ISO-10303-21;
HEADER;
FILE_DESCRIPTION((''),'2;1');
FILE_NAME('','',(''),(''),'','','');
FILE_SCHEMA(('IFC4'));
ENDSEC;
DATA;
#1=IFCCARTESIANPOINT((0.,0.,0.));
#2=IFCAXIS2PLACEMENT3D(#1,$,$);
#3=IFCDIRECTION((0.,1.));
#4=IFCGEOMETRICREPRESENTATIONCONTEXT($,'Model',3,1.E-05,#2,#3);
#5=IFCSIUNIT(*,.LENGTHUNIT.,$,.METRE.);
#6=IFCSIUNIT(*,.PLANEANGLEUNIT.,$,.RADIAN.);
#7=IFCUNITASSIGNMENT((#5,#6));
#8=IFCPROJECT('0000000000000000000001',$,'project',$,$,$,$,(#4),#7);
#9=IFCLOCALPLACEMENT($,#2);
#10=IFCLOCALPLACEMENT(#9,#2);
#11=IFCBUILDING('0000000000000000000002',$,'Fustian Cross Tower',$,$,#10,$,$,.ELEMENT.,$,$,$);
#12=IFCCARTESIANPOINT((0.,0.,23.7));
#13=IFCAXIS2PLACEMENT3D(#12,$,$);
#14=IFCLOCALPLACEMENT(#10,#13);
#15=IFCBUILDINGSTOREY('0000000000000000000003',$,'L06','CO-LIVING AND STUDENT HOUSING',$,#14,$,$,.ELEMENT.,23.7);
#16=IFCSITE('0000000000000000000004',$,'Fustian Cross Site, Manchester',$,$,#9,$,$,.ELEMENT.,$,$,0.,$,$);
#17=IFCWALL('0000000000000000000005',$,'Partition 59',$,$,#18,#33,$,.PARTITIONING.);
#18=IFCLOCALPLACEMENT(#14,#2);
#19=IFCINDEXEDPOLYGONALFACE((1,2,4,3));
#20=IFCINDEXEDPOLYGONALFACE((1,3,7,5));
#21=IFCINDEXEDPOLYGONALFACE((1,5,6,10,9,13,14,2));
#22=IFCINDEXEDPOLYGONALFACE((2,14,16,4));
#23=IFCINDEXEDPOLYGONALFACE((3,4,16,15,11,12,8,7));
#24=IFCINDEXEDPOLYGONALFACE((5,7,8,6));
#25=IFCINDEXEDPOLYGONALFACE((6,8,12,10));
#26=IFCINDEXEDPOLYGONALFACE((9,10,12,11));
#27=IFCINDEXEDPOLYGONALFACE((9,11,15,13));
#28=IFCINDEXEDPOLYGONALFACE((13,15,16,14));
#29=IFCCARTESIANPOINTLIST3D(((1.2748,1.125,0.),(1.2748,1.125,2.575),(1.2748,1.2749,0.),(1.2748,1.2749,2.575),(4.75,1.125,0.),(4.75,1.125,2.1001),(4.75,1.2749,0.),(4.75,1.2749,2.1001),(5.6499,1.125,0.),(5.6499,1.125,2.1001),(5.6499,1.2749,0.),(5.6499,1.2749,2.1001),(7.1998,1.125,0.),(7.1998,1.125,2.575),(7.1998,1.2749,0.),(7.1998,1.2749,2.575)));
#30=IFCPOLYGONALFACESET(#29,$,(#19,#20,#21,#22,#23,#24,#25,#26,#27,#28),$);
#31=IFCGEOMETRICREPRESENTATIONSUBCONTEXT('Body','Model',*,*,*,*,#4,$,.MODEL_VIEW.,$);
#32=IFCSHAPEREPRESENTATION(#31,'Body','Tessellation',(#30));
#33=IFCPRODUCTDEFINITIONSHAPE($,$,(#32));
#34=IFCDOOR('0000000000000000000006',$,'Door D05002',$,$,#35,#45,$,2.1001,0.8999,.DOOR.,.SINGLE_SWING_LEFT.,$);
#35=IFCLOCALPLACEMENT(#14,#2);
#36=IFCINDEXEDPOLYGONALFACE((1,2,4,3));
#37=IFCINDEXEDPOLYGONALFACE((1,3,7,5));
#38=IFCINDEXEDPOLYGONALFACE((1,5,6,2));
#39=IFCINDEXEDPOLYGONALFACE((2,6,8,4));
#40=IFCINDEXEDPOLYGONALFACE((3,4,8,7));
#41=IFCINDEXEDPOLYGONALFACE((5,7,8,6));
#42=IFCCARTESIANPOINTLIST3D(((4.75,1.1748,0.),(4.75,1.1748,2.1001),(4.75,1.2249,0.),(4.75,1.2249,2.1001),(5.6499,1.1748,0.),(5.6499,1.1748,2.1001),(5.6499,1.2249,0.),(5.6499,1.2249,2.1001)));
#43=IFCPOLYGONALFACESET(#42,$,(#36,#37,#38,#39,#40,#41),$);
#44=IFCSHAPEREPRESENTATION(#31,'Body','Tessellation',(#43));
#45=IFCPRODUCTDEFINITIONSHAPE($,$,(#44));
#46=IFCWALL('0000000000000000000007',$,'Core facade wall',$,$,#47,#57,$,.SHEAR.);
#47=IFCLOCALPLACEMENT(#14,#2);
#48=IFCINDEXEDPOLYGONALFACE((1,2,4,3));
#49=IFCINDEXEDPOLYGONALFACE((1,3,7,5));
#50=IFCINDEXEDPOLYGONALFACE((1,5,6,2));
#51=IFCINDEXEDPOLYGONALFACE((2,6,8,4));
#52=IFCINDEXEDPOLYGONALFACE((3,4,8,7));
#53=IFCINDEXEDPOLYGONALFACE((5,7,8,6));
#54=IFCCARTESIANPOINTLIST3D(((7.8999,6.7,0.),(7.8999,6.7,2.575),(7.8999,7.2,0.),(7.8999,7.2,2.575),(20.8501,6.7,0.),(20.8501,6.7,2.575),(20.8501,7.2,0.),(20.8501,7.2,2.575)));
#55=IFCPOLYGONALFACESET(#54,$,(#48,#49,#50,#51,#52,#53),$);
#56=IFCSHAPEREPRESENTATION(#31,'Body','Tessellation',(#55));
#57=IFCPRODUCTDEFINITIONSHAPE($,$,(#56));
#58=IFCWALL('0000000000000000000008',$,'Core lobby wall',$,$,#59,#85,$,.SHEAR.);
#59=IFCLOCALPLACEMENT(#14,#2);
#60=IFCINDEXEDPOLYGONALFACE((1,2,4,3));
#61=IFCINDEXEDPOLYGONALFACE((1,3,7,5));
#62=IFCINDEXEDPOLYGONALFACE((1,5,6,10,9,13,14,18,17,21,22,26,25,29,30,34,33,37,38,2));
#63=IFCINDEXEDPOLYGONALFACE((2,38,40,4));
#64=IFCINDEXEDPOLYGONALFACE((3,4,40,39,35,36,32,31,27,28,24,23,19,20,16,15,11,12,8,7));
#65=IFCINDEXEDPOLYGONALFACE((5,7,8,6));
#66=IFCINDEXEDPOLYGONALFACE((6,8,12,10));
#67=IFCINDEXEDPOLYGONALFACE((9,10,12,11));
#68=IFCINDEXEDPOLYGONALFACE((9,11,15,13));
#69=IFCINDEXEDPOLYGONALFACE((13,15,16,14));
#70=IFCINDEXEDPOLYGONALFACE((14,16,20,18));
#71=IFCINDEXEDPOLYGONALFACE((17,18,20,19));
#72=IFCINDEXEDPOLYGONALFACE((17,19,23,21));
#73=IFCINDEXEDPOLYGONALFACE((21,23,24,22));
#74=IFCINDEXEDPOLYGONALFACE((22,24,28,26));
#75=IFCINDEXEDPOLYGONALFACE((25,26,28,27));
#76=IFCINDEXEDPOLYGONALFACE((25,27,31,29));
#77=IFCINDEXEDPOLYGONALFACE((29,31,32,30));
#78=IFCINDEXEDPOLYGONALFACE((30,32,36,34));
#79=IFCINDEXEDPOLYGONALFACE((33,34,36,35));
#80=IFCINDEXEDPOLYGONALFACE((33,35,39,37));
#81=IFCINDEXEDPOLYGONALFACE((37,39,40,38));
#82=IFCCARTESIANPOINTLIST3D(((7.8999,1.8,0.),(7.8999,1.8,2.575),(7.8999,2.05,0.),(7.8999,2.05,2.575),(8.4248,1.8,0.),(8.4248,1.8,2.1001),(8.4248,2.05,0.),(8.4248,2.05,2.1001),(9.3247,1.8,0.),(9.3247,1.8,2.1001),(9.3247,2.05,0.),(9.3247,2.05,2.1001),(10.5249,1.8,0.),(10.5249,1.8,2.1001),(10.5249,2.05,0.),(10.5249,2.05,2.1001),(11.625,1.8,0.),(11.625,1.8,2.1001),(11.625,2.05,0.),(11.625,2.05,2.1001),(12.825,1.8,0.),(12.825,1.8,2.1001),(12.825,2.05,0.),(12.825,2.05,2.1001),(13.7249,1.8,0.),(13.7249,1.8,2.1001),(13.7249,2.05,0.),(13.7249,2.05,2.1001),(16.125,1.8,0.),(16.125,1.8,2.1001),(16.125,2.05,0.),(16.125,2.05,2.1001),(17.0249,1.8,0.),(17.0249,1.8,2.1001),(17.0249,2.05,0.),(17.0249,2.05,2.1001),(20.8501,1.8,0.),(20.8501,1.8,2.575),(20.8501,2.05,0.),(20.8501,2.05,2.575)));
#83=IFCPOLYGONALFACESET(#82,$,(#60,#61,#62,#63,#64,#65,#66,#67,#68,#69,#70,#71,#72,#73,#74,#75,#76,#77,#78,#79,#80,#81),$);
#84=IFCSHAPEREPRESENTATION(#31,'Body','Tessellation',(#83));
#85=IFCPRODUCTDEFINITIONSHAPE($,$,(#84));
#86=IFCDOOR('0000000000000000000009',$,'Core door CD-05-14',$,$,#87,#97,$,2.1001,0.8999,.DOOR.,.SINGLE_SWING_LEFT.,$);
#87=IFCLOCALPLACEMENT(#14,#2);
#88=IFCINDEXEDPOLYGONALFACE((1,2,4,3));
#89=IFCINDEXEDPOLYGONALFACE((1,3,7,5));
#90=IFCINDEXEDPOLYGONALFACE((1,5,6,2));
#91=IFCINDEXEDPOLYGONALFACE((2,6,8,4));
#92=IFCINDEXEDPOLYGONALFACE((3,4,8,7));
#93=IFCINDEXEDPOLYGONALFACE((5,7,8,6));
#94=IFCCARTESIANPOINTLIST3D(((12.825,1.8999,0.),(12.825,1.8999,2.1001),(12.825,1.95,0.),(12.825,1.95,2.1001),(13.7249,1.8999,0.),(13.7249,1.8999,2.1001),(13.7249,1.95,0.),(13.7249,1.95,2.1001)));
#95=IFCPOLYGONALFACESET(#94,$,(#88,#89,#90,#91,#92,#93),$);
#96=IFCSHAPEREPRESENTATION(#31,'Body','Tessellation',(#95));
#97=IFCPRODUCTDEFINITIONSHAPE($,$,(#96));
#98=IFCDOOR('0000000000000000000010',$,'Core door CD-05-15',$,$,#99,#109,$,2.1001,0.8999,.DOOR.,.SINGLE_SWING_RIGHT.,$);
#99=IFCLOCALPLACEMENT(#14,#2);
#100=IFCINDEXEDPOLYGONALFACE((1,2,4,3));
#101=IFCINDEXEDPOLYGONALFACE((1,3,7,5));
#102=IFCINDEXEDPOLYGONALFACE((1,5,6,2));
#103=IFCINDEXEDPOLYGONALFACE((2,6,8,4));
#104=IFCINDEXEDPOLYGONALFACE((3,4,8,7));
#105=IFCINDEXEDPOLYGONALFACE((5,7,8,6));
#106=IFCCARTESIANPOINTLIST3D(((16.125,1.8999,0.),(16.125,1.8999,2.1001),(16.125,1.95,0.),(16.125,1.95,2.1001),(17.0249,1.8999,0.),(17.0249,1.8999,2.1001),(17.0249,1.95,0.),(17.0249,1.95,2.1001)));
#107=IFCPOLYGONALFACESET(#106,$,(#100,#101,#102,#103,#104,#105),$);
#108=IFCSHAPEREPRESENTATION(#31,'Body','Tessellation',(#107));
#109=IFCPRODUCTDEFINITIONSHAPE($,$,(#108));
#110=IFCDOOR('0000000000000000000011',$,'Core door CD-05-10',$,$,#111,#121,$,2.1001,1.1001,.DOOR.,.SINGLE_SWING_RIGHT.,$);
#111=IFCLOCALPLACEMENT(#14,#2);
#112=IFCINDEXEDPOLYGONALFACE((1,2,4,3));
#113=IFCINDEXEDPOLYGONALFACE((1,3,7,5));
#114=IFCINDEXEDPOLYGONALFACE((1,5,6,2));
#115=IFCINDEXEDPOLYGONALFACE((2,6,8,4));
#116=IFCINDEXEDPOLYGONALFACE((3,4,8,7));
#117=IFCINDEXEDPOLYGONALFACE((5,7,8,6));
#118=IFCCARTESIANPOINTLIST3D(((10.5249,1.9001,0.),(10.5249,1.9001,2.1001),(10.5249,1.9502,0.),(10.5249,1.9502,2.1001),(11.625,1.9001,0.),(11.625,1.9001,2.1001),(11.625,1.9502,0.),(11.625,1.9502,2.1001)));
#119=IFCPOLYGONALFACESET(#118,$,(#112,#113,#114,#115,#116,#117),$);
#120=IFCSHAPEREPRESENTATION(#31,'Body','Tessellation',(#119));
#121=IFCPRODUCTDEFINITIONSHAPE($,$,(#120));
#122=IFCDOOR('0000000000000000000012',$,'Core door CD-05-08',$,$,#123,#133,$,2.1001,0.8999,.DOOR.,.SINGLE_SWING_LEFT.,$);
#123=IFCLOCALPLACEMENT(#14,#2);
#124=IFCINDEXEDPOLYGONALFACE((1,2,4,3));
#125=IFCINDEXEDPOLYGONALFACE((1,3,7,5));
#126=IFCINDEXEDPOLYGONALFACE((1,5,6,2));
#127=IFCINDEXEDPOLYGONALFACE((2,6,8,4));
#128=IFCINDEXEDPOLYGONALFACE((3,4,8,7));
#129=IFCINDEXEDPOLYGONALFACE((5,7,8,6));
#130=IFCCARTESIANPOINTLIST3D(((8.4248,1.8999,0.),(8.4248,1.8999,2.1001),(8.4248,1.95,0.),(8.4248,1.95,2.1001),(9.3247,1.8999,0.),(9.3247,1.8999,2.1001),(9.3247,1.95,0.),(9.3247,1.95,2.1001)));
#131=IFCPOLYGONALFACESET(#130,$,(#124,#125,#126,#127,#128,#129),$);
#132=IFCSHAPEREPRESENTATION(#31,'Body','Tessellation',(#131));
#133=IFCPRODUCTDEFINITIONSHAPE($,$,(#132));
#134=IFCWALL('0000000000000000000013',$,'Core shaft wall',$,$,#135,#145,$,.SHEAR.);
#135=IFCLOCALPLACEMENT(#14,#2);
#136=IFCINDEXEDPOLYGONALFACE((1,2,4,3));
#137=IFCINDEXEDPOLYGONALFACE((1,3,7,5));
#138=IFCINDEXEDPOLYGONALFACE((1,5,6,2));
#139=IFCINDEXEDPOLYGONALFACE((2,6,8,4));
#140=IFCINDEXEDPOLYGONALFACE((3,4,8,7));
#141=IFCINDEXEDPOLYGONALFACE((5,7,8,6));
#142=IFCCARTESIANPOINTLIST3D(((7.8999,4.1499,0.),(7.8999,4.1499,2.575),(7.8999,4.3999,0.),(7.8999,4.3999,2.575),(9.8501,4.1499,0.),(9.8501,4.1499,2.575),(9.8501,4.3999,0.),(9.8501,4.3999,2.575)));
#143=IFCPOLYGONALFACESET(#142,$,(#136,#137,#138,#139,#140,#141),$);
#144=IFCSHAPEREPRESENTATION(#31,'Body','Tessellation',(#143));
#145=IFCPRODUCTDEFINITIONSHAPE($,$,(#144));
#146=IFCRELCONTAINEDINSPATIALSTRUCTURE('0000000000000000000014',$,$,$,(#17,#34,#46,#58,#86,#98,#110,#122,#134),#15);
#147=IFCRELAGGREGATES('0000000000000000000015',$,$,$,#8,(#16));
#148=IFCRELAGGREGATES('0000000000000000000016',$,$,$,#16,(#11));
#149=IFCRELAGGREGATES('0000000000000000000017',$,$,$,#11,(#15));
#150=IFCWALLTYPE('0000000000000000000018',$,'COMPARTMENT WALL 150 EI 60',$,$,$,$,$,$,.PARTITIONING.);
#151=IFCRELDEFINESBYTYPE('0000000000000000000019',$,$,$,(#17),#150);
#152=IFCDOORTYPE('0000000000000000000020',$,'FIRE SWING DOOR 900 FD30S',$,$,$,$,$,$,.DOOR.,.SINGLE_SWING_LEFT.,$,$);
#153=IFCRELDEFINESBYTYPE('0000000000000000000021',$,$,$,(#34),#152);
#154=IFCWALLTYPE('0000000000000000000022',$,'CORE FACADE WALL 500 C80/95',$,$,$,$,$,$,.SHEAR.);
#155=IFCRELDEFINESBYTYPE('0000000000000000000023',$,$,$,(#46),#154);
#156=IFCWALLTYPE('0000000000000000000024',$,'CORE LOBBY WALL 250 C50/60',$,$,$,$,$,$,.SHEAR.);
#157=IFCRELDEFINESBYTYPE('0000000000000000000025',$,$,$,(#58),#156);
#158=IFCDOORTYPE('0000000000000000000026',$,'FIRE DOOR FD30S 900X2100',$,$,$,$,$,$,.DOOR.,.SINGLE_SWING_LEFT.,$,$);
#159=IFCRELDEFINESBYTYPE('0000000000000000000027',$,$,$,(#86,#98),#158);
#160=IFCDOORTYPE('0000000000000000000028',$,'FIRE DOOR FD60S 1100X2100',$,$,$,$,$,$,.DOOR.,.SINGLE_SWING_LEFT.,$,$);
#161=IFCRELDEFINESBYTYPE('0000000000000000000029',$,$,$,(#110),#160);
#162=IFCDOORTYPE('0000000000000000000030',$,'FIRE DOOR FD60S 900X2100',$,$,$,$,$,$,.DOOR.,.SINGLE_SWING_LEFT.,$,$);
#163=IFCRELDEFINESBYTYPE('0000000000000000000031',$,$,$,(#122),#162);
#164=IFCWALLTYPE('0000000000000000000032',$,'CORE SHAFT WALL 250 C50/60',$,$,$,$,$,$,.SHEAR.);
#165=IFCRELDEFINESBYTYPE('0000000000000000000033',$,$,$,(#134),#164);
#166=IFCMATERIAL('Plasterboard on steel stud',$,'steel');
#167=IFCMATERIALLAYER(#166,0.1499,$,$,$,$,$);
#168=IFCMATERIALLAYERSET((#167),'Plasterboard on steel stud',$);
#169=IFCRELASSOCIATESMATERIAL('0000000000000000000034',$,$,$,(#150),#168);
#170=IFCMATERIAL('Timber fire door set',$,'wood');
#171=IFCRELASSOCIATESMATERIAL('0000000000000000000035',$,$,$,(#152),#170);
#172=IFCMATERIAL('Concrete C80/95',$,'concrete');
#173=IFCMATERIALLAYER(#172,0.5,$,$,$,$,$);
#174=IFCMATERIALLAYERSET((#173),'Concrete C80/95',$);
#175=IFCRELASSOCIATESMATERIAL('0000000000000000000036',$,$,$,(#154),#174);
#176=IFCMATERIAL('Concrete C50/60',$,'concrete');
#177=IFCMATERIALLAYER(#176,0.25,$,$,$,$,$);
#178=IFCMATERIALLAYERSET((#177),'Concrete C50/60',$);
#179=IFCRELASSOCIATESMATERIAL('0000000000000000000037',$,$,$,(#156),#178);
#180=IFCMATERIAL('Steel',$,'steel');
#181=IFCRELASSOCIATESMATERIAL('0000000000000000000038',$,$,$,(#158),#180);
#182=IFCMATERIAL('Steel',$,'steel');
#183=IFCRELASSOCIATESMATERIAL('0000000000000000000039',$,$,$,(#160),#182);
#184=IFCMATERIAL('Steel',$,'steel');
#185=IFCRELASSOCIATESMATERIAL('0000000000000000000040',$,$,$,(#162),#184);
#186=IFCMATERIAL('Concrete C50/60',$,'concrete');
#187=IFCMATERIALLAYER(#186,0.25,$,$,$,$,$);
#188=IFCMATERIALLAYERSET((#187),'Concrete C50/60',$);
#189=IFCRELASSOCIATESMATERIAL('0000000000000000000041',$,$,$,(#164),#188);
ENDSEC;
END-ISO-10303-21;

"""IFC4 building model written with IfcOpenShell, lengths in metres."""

from ifc_helpers import new_model, si_unit, direction, frame, frame_2d, origin, place, context, subcontext, project, spatial, rectangle, extrude, material, layer, layer_set, type_object, element, fill, save


model = new_model("IFC4")

# Units and contexts
model_context = context("Model", 3, precision=1e-05, world=origin(), true_north=direction((0.0, 1.0)))
body_context = subcontext(model_context, "Body", "Model", "MODEL_VIEW")
ifc_project = project(units=[si_unit("LENGTHUNIT", "METRE"), si_unit("PLANEANGLEUNIT", "RADIAN")], contexts=[model_context])

# Site, building, storey
site_placement = place(None, origin())
site = spatial("IfcSite", under=ifc_project, at=site_placement, Name="Fustian Cross Site, Manchester", CompositionType="ELEMENT", RefElevation=0.0)
building_placement = place(site_placement, origin())
building = spatial("IfcBuilding", under=site, at=building_placement, Name="Fustian Cross Tower", CompositionType="ELEMENT")
storey_placement = place(building_placement, frame((0.0, 0.0, 23.7)))
storey = spatial("IfcBuildingStorey", under=building, at=storey_placement, Name="L06", Description="CO-LIVING AND STUDENT HOUSING", CompositionType="ELEMENT", Elevation=23.7)

# Shared definitions
ifc_material_1 = material(Name="Plasterboard on steel stud", Category="steel")
ifc_layer_1 = layer(ifc_material_1, 0.1499)
ifc_layer_set_1 = layer_set([ifc_layer_1], Name="Plasterboard on steel stud")
wall_type_1 = type_object("IfcWallType", Name="COMPARTMENT WALL 150 EI 60", PredefinedType="PARTITIONING", material=ifc_layer_set_1)
ifc_material_2 = material(Name="Timber fire door set", Category="wood")
door_type_1 = type_object("IfcDoorType", Name="FIRE SWING DOOR 900 FD30S", OperationType="SINGLE_SWING_LEFT", PredefinedType="DOOR", material=ifc_material_2)

# Wall, opening, door
wall_1_placement = place(storey_placement, frame((1.2749, 1.2, 0.0), z_axis=(0.0, 0.0, 1.0), x_axis=(1.0, 0.0, 0.0)))
wall_1 = element("IfcWall", 1, at=wall_1_placement, inside=storey, type_object=wall_type_1, Name="Partition 59", PredefinedType="PARTITIONING", context=body_context, shape_type="SweptSolid", body=[
    extrude(rectangle(XDim=5.925, YDim=0.1499, at=frame_2d((2.9624, 0.0))), origin(), (0.0, 0.0, 1.0), 2.575),
])
opening_1_placement = place(wall_1_placement, frame((3.4751, 0.0, 0.0)))
opening_1 = element("IfcOpeningElement", 2, at=opening_1_placement, cuts=wall_1, PredefinedType="OPENING", context=body_context, shape_type="SweptSolid", body=[
    extrude(rectangle(XDim=0.8999, YDim=2.1001, at=frame_2d((0.45, 1.05))), frame((0.0, 0.085, 0.0), z_axis=(0.0, -1.0, 0.0), x_axis=(1.0, 0.0, 0.0)), (0.0, 0.0, 1.0), 0.1699),
])
door_1_placement = place(opening_1_placement, origin())
door_1 = element("IfcDoor", 3, at=door_1_placement, inside=storey, type_object=door_type_1, Name="Door D05002", OperationType="SINGLE_SWING_LEFT", OverallHeight=2.1001, OverallWidth=0.8999, PredefinedType="DOOR", context=body_context, shape_type="SweptSolid", body=[
    extrude(rectangle(XDim=0.8999, YDim=2.1001, at=frame_2d((0.45, 1.05))), frame((0.0, 0.0249, 0.0), z_axis=(0.0, -1.0, 0.0), x_axis=(1.0, 0.0, 0.0)), (0.0, 0.0, 1.0), 0.05),
])
fill(opening_1, door_1)

# Wall
ifc_material_3 = material(Name="Concrete C80/95", Category="concrete")
ifc_layer_2 = layer(ifc_material_3, 0.5)
ifc_layer_set_2 = layer_set([ifc_layer_2], Name="Concrete C80/95")
wall_type_2 = type_object("IfcWallType", Name="CORE FACADE WALL 500 C80/95", PredefinedType="SHEAR", material=ifc_layer_set_2)
wall_2_placement = place(storey_placement, frame((7.8999, 6.95, 0.0), z_axis=(0.0, 0.0, 1.0), x_axis=(1.0, 0.0, 0.0)))
element("IfcWall", 4, at=wall_2_placement, inside=storey, type_object=wall_type_2, Name="Core facade wall", PredefinedType="SHEAR", context=body_context, shape_type="SweptSolid", body=[
    extrude(rectangle(XDim=12.9502, YDim=0.5, at=frame_2d((6.4751, 0.0))), origin(), (0.0, 0.0, 1.0), 2.575),
])

# Wall, openings, doors
ifc_material_4 = material(Name="Concrete C50/60", Category="concrete")
ifc_layer_3 = layer(ifc_material_4, 0.25)
ifc_layer_set_3 = layer_set([ifc_layer_3], Name="Concrete C50/60")
wall_type_3 = type_object("IfcWallType", Name="CORE LOBBY WALL 250 C50/60", PredefinedType="SHEAR", material=ifc_layer_set_3)
wall_3_placement = place(storey_placement, frame((7.8999, 1.925, 0.0), z_axis=(0.0, 0.0, 1.0), x_axis=(1.0, 0.0, 0.0)))
wall_3 = element("IfcWall", 5, at=wall_3_placement, inside=storey, type_object=wall_type_3, Name="Core lobby wall", PredefinedType="SHEAR", context=body_context, shape_type="SweptSolid", body=[
    extrude(rectangle(XDim=12.9502, YDim=0.25, at=frame_2d((6.4751, 0.0))), origin(), (0.0, 0.0, 1.0), 2.575),
])
opening_2_placement = place(wall_3_placement, frame((0.5249, 0.0, 0.0)))
opening_2 = element("IfcOpeningElement", 6, at=opening_2_placement, cuts=wall_3, PredefinedType="OPENING", context=body_context, shape_type="SweptSolid", body=[
    extrude(rectangle(XDim=0.8999, YDim=2.1001, at=frame_2d((0.45, 1.05))), frame((0.0, 0.135, 0.0), z_axis=(0.0, -1.0, 0.0), x_axis=(1.0, 0.0, 0.0)), (0.0, 0.0, 1.0), 0.27),
])
opening_3_placement = place(wall_3_placement, frame((2.625, 0.0, 0.0)))
opening_3 = element("IfcOpeningElement", 7, at=opening_3_placement, cuts=wall_3, PredefinedType="OPENING", context=body_context, shape_type="SweptSolid", body=[
    extrude(rectangle(XDim=1.1001, YDim=2.1001, at=frame_2d((0.55, 1.05))), frame((0.0, 0.135, 0.0), z_axis=(0.0, -1.0, 0.0), x_axis=(1.0, 0.0, 0.0)), (0.0, 0.0, 1.0), 0.27),
])
opening_4_placement = place(wall_3_placement, frame((4.925, 0.0, 0.0)))
opening_4 = element("IfcOpeningElement", 8, at=opening_4_placement, cuts=wall_3, PredefinedType="OPENING", context=body_context, shape_type="SweptSolid", body=[
    extrude(rectangle(XDim=0.8999, YDim=2.1001, at=frame_2d((0.45, 1.05))), frame((0.0, 0.135, 0.0), z_axis=(0.0, -1.0, 0.0), x_axis=(1.0, 0.0, 0.0)), (0.0, 0.0, 1.0), 0.27),
])
opening_5_placement = place(wall_3_placement, frame((8.2251, 0.0, 0.0)))
opening_5 = element("IfcOpeningElement", 9, at=opening_5_placement, cuts=wall_3, PredefinedType="OPENING", context=body_context, shape_type="SweptSolid", body=[
    extrude(rectangle(XDim=0.8999, YDim=2.1001, at=frame_2d((0.45, 1.05))), frame((0.0, 0.135, 0.0), z_axis=(0.0, -1.0, 0.0), x_axis=(1.0, 0.0, 0.0)), (0.0, 0.0, 1.0), 0.27),
])
ifc_material_5 = material(Name="Steel", Category="steel")
door_type_2 = type_object("IfcDoorType", Name="FIRE DOOR FD30S 900X2100", OperationType="SINGLE_SWING_LEFT", PredefinedType="DOOR", material=ifc_material_5)
door_2_placement = place(opening_4_placement, origin())
door_2 = element("IfcDoor", 10, at=door_2_placement, inside=storey, type_object=door_type_2, Name="Core door CD-05-14", OperationType="SINGLE_SWING_LEFT", OverallHeight=2.1001, OverallWidth=0.8999, PredefinedType="DOOR", context=body_context, shape_type="SweptSolid", body=[
    extrude(rectangle(XDim=0.8999, YDim=2.1001, at=frame_2d((0.45, 1.05))), frame((0.0, 0.0249, 0.0), z_axis=(0.0, -1.0, 0.0), x_axis=(1.0, 0.0, 0.0)), (0.0, 0.0, 1.0), 0.05),
])
fill(opening_4, door_2)
door_3_placement = place(opening_5_placement, origin())
door_3 = element("IfcDoor", 11, at=door_3_placement, inside=storey, type_object=door_type_2, Name="Core door CD-05-15", OperationType="SINGLE_SWING_RIGHT", OverallHeight=2.1001, OverallWidth=0.8999, PredefinedType="DOOR", context=body_context, shape_type="SweptSolid", body=[
    extrude(rectangle(XDim=0.8999, YDim=2.1001, at=frame_2d((0.45, 1.05))), frame((0.0, 0.0249, 0.0), z_axis=(0.0, -1.0, 0.0), x_axis=(1.0, 0.0, 0.0)), (0.0, 0.0, 1.0), 0.05),
])
fill(opening_5, door_3)
ifc_material_6 = material(Name="Steel", Category="steel")
door_type_3 = type_object("IfcDoorType", Name="FIRE DOOR FD60S 1100X2100", OperationType="SINGLE_SWING_LEFT", PredefinedType="DOOR", material=ifc_material_6)
door_4_placement = place(opening_3_placement, frame((1.1001, 0.0, 0.0), z_axis=(0.0, 0.0, 1.0), x_axis=(-1.0, 0.0, 0.0)))
door_4 = element("IfcDoor", 12, at=door_4_placement, inside=storey, type_object=door_type_3, Name="Core door CD-05-10", OperationType="SINGLE_SWING_RIGHT", OverallHeight=2.1001, OverallWidth=1.1001, PredefinedType="DOOR", context=body_context, shape_type="SweptSolid", body=[
    extrude(rectangle(XDim=1.1001, YDim=2.1001, at=frame_2d((0.55, 1.05))), frame((0.0, 0.0249, 0.0), z_axis=(0.0, -1.0, 0.0), x_axis=(1.0, 0.0, 0.0)), (0.0, 0.0, 1.0), 0.05),
])
fill(opening_3, door_4)
ifc_material_7 = material(Name="Steel", Category="steel")
door_type_4 = type_object("IfcDoorType", Name="FIRE DOOR FD60S 900X2100", OperationType="SINGLE_SWING_LEFT", PredefinedType="DOOR", material=ifc_material_7)
door_5_placement = place(opening_2_placement, origin())
door_5 = element("IfcDoor", 13, at=door_5_placement, inside=storey, type_object=door_type_4, Name="Core door CD-05-08", OperationType="SINGLE_SWING_LEFT", OverallHeight=2.1001, OverallWidth=0.8999, PredefinedType="DOOR", context=body_context, shape_type="SweptSolid", body=[
    extrude(rectangle(XDim=0.8999, YDim=2.1001, at=frame_2d((0.45, 1.05))), frame((0.0, 0.0249, 0.0), z_axis=(0.0, -1.0, 0.0), x_axis=(1.0, 0.0, 0.0)), (0.0, 0.0, 1.0), 0.05),
])
fill(opening_2, door_5)

# Wall
ifc_material_8 = material(Name="Concrete C50/60", Category="concrete")
ifc_layer_4 = layer(ifc_material_8, 0.25)
ifc_layer_set_4 = layer_set([ifc_layer_4], Name="Concrete C50/60")
wall_type_4 = type_object("IfcWallType", Name="CORE SHAFT WALL 250 C50/60", PredefinedType="SHEAR", material=ifc_layer_set_4)
wall_4_placement = place(storey_placement, frame((7.8999, 4.2749, 0.0), z_axis=(0.0, 0.0, 1.0), x_axis=(1.0, 0.0, 0.0)))
element("IfcWall", 14, at=wall_4_placement, inside=storey, type_object=wall_type_4, Name="Core shaft wall", PredefinedType="SHEAR", context=body_context, shape_type="SweptSolid", body=[
    extrude(rectangle(XDim=1.9502, YDim=0.25, at=frame_2d((0.9751, 0.0))), origin(), (0.0, 0.0, 1.0), 2.575),
])

save(model, "model.ifc")
